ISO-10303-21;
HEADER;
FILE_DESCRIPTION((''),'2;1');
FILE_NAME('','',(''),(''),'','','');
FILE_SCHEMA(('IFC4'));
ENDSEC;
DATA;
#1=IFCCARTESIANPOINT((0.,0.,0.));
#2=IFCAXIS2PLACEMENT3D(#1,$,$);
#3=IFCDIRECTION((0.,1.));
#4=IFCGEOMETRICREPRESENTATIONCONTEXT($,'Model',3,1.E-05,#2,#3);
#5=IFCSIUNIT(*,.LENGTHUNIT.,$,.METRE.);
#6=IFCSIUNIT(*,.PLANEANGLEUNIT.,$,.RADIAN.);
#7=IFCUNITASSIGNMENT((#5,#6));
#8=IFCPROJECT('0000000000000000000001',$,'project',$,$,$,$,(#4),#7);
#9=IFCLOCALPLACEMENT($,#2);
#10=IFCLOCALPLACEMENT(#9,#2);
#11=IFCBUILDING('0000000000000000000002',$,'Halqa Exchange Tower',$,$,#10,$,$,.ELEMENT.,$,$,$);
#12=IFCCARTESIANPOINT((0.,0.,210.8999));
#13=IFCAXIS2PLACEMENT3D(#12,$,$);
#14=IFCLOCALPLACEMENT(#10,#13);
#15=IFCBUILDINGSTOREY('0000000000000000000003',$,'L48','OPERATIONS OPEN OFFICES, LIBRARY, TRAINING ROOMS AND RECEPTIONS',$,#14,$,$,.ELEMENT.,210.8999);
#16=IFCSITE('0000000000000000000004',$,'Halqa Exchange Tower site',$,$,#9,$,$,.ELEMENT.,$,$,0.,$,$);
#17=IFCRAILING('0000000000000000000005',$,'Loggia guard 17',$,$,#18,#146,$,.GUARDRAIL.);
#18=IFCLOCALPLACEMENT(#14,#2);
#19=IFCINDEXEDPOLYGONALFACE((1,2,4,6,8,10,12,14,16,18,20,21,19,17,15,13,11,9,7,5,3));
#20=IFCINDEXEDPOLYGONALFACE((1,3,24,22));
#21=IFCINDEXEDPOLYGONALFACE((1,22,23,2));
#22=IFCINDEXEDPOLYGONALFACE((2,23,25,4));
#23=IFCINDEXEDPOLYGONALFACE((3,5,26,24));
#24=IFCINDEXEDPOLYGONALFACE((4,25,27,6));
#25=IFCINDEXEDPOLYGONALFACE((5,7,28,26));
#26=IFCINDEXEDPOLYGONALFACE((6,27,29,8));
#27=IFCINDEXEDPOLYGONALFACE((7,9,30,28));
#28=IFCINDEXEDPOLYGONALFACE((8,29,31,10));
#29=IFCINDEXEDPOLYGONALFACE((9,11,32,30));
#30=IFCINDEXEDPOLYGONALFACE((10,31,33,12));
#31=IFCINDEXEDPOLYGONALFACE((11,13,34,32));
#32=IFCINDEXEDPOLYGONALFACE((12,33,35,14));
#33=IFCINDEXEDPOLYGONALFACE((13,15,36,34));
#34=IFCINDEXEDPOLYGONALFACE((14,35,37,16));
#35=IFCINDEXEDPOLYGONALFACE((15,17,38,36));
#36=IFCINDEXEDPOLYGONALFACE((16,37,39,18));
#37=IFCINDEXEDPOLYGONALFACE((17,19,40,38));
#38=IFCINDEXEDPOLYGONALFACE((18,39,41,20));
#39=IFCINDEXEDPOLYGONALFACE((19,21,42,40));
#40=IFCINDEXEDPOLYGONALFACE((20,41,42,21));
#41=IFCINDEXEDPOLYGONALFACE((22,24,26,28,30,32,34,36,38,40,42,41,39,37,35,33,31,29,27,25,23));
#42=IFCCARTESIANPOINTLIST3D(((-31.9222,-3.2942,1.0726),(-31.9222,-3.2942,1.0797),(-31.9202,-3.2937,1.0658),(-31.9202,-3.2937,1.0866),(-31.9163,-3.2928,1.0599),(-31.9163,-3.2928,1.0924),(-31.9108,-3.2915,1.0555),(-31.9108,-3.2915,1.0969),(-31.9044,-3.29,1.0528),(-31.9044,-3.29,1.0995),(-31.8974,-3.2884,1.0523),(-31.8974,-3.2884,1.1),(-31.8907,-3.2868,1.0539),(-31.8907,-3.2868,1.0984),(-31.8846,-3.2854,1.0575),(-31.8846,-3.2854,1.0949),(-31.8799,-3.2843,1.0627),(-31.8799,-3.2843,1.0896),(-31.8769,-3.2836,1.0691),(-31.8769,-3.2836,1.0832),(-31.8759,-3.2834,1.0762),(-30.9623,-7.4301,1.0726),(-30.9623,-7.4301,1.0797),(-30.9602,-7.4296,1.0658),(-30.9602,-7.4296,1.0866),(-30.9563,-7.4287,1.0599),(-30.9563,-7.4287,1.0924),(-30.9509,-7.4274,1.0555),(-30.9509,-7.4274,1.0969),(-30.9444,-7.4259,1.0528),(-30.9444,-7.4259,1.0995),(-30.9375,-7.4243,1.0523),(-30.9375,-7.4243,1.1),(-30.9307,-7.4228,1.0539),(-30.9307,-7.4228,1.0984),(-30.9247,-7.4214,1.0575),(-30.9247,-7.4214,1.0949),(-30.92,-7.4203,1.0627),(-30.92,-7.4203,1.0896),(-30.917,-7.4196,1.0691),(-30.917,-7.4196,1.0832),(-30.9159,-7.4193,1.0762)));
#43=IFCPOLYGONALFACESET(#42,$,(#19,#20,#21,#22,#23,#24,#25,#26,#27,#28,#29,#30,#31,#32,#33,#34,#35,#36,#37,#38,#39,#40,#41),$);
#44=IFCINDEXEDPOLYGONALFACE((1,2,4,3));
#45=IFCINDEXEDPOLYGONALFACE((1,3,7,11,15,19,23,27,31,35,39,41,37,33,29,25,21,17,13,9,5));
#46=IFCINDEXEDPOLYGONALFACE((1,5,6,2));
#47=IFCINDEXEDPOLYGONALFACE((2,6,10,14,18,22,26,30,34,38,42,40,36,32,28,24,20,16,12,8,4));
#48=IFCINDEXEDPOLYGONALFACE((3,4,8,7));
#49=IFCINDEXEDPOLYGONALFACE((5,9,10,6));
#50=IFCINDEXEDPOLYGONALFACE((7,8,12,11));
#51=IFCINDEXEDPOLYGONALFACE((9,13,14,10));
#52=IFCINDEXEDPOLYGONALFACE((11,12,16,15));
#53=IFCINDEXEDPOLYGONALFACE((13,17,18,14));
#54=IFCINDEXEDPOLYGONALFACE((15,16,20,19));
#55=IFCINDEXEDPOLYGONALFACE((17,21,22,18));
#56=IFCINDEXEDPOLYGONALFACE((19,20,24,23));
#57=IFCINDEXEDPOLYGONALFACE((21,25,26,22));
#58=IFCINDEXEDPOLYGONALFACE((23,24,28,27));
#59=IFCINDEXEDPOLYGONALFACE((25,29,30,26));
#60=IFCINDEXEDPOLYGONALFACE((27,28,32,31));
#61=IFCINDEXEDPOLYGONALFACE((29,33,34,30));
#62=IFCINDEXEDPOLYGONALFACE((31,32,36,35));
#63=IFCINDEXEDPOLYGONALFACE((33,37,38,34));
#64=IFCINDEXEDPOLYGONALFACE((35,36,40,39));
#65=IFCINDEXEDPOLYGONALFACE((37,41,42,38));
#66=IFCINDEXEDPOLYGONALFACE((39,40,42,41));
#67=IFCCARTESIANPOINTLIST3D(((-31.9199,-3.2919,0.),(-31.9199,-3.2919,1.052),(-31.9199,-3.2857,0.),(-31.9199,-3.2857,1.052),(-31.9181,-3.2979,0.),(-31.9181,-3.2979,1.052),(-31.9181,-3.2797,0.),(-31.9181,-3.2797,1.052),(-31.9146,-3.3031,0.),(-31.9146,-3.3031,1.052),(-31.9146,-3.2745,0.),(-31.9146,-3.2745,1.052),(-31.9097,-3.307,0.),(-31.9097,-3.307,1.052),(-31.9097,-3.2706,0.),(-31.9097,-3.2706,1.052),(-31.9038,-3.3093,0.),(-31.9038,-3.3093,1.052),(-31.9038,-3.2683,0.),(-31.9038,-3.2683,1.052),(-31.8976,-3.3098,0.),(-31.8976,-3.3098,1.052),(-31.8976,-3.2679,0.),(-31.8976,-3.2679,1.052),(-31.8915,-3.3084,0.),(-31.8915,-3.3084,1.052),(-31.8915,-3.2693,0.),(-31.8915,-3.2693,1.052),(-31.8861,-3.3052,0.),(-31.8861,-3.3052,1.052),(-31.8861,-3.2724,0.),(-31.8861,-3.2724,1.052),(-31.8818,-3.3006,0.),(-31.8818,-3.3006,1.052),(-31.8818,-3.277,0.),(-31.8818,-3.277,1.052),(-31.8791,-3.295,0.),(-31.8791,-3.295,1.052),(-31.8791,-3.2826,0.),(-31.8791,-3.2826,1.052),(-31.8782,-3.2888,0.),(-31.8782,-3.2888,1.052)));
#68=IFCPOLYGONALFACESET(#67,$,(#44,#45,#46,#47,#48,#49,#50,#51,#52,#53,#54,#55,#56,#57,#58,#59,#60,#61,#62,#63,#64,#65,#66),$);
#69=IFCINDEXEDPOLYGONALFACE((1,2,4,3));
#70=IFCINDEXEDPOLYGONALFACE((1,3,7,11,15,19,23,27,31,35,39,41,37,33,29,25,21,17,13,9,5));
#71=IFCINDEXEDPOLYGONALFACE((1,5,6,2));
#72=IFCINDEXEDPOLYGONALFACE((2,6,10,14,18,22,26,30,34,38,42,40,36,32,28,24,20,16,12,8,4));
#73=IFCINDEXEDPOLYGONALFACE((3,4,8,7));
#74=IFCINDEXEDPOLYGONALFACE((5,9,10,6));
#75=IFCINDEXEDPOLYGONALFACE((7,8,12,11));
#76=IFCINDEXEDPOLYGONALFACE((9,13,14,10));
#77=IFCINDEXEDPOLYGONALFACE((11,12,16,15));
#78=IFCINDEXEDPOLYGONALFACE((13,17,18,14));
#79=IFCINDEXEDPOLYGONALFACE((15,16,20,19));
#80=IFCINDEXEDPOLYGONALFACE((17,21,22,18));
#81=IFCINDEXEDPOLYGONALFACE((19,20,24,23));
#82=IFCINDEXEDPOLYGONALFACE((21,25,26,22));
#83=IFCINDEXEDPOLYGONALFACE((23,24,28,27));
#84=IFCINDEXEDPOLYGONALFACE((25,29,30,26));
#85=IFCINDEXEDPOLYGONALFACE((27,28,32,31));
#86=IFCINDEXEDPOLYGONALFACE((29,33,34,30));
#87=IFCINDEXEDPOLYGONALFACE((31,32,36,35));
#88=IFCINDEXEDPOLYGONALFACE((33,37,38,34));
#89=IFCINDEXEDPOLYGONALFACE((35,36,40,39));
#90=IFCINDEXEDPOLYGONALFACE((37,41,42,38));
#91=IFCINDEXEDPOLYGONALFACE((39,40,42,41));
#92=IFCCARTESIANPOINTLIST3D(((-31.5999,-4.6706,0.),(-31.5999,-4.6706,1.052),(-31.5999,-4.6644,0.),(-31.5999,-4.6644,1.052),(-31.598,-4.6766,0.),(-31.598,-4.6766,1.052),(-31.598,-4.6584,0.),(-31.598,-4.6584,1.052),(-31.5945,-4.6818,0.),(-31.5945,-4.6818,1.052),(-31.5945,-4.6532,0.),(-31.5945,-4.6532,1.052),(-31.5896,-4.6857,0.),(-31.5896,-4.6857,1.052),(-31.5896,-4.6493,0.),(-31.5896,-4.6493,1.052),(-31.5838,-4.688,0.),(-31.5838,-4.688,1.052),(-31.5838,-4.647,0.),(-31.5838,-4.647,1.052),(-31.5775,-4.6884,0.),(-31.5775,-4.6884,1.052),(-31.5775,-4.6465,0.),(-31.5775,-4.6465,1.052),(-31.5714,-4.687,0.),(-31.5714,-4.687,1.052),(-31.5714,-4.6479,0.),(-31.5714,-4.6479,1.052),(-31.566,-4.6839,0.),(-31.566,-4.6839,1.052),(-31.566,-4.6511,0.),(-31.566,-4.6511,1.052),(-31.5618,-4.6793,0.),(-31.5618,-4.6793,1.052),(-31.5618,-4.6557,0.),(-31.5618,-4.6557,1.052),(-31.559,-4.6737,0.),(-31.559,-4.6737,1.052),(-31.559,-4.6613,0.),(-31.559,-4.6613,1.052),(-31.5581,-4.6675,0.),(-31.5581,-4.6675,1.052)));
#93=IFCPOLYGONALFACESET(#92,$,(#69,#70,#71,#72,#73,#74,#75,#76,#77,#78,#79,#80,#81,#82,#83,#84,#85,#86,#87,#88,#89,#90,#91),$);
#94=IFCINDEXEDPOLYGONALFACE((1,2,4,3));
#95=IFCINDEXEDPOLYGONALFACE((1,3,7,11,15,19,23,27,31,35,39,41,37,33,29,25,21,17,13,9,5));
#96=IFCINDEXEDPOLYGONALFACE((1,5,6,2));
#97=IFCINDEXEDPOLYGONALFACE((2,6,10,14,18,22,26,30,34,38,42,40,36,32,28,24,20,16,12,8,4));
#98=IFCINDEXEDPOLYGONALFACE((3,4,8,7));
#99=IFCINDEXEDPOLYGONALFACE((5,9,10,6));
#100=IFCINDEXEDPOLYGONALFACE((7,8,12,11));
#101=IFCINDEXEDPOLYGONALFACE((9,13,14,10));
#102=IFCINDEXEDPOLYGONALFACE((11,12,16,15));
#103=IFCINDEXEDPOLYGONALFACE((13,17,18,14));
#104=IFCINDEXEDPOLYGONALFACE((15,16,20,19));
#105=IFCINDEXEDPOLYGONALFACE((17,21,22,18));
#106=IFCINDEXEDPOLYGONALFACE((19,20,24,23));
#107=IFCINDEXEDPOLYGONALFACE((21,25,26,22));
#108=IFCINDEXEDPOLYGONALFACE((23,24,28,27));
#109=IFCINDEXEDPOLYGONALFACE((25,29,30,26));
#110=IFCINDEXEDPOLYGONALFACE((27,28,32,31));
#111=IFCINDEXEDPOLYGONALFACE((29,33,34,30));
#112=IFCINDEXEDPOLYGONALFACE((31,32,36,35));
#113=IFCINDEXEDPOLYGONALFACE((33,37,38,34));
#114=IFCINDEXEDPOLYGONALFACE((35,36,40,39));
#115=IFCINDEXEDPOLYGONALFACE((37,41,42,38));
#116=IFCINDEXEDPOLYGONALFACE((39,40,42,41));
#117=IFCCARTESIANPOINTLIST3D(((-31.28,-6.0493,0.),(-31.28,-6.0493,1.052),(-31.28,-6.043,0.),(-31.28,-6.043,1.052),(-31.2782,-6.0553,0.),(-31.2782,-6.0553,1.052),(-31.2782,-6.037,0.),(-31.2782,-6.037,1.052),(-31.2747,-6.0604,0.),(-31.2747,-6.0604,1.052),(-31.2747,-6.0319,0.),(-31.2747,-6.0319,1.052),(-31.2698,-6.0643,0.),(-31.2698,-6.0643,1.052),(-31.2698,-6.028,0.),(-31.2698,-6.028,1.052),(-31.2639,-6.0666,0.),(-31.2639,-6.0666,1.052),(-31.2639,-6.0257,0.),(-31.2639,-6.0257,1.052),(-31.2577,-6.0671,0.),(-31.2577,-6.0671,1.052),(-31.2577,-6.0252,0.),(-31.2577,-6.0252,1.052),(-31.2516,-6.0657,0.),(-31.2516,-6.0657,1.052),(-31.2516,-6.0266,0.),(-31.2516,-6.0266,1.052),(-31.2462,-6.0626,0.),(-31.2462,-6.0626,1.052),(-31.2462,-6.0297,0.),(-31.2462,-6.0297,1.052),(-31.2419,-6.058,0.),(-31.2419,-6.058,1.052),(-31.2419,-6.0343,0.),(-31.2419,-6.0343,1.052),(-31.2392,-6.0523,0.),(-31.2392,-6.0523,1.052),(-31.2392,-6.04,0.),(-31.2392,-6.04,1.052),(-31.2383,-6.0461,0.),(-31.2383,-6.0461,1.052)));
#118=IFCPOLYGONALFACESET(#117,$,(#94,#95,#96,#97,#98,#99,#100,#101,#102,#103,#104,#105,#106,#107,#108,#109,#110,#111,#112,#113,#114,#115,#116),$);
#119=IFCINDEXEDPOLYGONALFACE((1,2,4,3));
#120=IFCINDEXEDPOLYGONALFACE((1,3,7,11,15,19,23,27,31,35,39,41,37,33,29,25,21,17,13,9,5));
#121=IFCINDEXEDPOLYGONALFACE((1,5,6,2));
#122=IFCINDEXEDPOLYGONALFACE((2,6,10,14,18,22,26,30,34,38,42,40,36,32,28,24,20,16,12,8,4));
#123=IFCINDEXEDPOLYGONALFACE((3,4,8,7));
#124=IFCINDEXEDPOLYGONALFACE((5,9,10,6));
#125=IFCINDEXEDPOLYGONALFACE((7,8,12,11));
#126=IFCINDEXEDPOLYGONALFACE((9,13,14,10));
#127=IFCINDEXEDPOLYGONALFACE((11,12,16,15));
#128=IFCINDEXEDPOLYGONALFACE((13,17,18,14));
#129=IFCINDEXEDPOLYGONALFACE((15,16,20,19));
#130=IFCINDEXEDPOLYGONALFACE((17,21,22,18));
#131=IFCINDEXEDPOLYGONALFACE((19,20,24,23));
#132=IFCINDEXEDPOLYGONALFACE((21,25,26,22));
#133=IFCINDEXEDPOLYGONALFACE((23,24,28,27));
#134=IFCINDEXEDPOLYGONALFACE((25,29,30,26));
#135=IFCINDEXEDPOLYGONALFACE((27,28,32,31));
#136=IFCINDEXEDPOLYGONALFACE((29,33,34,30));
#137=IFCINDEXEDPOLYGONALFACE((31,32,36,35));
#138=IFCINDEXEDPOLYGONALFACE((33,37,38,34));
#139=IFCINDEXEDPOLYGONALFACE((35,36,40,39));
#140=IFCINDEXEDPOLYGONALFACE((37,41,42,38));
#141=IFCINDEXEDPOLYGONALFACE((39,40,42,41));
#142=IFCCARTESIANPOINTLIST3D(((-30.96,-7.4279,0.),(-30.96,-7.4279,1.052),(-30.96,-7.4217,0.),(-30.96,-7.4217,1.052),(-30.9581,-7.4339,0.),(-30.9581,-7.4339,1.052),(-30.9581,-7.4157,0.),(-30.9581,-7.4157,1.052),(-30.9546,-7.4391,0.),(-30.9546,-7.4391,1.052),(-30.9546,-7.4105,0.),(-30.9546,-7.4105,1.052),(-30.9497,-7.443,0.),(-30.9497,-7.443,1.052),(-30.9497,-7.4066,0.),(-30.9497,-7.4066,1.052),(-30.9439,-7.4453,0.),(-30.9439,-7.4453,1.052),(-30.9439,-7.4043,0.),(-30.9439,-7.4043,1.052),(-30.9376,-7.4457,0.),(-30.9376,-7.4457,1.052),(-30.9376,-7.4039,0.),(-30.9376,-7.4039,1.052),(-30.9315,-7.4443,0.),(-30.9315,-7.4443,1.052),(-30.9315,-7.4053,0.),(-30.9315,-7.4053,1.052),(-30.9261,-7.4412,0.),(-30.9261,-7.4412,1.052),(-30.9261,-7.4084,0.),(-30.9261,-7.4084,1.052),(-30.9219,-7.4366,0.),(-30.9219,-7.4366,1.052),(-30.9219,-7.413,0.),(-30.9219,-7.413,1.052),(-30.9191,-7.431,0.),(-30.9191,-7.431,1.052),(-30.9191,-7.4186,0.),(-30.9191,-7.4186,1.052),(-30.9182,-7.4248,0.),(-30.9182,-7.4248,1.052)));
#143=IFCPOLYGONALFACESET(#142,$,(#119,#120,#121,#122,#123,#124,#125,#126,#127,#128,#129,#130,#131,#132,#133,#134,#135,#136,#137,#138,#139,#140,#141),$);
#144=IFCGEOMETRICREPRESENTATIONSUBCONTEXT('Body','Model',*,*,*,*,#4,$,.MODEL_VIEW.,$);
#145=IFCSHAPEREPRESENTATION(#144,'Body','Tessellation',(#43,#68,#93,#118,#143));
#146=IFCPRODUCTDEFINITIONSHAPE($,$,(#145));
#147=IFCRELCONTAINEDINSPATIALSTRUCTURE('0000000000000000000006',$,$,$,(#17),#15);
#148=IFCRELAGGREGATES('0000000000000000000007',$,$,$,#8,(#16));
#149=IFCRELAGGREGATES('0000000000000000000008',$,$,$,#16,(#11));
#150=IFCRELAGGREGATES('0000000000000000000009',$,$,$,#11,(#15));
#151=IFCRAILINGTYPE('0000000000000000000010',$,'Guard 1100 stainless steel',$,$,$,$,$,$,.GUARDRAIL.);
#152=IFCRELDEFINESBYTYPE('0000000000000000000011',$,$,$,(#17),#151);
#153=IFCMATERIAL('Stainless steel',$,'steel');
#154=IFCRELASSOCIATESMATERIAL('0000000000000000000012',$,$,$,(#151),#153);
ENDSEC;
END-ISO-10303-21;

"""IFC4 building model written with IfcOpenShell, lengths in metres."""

from ifc_helpers import new_model, si_unit, direction, frame, origin, origin_2d, place, context, subcontext, project, spatial, circle, extrude, material, type_object, element, save


model = new_model("IFC4")

# Units and contexts
model_context = context("Model", 3, precision=1e-05, world=origin(), true_north=direction((0.0, 1.0)))
body_context = subcontext(model_context, "Body", "Model", "MODEL_VIEW")
ifc_project = project(units=[si_unit("LENGTHUNIT", "METRE"), si_unit("PLANEANGLEUNIT", "RADIAN")], contexts=[model_context])

# Site, building, storey
site_placement = place(None, origin())
site = spatial("IfcSite", under=ifc_project, at=site_placement, Name="Halqa Exchange Tower site", CompositionType="ELEMENT", RefElevation=0.0)
building_placement = place(site_placement, origin())
building = spatial("IfcBuilding", under=site, at=building_placement, Name="Halqa Exchange Tower", CompositionType="ELEMENT")
storey_placement = place(building_placement, frame((0.0, 0.0, 210.8999)))
storey = spatial("IfcBuildingStorey", under=building, at=storey_placement, Name="L48", Description="OPERATIONS OPEN OFFICES, LIBRARY, TRAINING ROOMS AND RECEPTIONS", CompositionType="ELEMENT", Elevation=210.8999)

# Railing
ifc_material_1 = material(Name="Stainless steel", Category="steel")
railing_type = type_object("IfcRailingType", Name="Guard 1100 stainless steel", PredefinedType="GUARDRAIL", material=ifc_material_1)
railing_1_placement = place(storey_placement, frame((-31.8992, -3.2888, 0.0)))
element("IfcRailing", 1, at=railing_1_placement, inside=storey, type_object=railing_type, Name="Loggia guard 17", PredefinedType="GUARDRAIL", context=body_context, shape_type="SweptSolid", body=[
    extrude(circle(Radius=0.0239, at=origin_2d()), frame((0.0, 0.0, 1.0762), z_axis=(0.22609, -0.974106, 0.0), x_axis=(0.974106, 0.22609, 0.0)), (0.0, 0.0, 1.0), 4.2458),
    extrude(circle(Radius=0.021, at=origin_2d()), origin(), (0.0, 0.0, 1.0), 1.052),
    extrude(circle(Radius=0.021, at=origin_2d()), frame((0.3201, -1.3787, 0.0)), (0.0, 0.0, 1.0), 1.052),
    extrude(circle(Radius=0.021, at=origin_2d()), frame((0.6399, -2.7573, 0.0)), (0.0, 0.0, 1.0), 1.052),
    extrude(circle(Radius=0.021, at=origin_2d()), frame((0.96, -4.136, 0.0)), (0.0, 0.0, 1.0), 1.052),
])

save(model, "model.ifc")
